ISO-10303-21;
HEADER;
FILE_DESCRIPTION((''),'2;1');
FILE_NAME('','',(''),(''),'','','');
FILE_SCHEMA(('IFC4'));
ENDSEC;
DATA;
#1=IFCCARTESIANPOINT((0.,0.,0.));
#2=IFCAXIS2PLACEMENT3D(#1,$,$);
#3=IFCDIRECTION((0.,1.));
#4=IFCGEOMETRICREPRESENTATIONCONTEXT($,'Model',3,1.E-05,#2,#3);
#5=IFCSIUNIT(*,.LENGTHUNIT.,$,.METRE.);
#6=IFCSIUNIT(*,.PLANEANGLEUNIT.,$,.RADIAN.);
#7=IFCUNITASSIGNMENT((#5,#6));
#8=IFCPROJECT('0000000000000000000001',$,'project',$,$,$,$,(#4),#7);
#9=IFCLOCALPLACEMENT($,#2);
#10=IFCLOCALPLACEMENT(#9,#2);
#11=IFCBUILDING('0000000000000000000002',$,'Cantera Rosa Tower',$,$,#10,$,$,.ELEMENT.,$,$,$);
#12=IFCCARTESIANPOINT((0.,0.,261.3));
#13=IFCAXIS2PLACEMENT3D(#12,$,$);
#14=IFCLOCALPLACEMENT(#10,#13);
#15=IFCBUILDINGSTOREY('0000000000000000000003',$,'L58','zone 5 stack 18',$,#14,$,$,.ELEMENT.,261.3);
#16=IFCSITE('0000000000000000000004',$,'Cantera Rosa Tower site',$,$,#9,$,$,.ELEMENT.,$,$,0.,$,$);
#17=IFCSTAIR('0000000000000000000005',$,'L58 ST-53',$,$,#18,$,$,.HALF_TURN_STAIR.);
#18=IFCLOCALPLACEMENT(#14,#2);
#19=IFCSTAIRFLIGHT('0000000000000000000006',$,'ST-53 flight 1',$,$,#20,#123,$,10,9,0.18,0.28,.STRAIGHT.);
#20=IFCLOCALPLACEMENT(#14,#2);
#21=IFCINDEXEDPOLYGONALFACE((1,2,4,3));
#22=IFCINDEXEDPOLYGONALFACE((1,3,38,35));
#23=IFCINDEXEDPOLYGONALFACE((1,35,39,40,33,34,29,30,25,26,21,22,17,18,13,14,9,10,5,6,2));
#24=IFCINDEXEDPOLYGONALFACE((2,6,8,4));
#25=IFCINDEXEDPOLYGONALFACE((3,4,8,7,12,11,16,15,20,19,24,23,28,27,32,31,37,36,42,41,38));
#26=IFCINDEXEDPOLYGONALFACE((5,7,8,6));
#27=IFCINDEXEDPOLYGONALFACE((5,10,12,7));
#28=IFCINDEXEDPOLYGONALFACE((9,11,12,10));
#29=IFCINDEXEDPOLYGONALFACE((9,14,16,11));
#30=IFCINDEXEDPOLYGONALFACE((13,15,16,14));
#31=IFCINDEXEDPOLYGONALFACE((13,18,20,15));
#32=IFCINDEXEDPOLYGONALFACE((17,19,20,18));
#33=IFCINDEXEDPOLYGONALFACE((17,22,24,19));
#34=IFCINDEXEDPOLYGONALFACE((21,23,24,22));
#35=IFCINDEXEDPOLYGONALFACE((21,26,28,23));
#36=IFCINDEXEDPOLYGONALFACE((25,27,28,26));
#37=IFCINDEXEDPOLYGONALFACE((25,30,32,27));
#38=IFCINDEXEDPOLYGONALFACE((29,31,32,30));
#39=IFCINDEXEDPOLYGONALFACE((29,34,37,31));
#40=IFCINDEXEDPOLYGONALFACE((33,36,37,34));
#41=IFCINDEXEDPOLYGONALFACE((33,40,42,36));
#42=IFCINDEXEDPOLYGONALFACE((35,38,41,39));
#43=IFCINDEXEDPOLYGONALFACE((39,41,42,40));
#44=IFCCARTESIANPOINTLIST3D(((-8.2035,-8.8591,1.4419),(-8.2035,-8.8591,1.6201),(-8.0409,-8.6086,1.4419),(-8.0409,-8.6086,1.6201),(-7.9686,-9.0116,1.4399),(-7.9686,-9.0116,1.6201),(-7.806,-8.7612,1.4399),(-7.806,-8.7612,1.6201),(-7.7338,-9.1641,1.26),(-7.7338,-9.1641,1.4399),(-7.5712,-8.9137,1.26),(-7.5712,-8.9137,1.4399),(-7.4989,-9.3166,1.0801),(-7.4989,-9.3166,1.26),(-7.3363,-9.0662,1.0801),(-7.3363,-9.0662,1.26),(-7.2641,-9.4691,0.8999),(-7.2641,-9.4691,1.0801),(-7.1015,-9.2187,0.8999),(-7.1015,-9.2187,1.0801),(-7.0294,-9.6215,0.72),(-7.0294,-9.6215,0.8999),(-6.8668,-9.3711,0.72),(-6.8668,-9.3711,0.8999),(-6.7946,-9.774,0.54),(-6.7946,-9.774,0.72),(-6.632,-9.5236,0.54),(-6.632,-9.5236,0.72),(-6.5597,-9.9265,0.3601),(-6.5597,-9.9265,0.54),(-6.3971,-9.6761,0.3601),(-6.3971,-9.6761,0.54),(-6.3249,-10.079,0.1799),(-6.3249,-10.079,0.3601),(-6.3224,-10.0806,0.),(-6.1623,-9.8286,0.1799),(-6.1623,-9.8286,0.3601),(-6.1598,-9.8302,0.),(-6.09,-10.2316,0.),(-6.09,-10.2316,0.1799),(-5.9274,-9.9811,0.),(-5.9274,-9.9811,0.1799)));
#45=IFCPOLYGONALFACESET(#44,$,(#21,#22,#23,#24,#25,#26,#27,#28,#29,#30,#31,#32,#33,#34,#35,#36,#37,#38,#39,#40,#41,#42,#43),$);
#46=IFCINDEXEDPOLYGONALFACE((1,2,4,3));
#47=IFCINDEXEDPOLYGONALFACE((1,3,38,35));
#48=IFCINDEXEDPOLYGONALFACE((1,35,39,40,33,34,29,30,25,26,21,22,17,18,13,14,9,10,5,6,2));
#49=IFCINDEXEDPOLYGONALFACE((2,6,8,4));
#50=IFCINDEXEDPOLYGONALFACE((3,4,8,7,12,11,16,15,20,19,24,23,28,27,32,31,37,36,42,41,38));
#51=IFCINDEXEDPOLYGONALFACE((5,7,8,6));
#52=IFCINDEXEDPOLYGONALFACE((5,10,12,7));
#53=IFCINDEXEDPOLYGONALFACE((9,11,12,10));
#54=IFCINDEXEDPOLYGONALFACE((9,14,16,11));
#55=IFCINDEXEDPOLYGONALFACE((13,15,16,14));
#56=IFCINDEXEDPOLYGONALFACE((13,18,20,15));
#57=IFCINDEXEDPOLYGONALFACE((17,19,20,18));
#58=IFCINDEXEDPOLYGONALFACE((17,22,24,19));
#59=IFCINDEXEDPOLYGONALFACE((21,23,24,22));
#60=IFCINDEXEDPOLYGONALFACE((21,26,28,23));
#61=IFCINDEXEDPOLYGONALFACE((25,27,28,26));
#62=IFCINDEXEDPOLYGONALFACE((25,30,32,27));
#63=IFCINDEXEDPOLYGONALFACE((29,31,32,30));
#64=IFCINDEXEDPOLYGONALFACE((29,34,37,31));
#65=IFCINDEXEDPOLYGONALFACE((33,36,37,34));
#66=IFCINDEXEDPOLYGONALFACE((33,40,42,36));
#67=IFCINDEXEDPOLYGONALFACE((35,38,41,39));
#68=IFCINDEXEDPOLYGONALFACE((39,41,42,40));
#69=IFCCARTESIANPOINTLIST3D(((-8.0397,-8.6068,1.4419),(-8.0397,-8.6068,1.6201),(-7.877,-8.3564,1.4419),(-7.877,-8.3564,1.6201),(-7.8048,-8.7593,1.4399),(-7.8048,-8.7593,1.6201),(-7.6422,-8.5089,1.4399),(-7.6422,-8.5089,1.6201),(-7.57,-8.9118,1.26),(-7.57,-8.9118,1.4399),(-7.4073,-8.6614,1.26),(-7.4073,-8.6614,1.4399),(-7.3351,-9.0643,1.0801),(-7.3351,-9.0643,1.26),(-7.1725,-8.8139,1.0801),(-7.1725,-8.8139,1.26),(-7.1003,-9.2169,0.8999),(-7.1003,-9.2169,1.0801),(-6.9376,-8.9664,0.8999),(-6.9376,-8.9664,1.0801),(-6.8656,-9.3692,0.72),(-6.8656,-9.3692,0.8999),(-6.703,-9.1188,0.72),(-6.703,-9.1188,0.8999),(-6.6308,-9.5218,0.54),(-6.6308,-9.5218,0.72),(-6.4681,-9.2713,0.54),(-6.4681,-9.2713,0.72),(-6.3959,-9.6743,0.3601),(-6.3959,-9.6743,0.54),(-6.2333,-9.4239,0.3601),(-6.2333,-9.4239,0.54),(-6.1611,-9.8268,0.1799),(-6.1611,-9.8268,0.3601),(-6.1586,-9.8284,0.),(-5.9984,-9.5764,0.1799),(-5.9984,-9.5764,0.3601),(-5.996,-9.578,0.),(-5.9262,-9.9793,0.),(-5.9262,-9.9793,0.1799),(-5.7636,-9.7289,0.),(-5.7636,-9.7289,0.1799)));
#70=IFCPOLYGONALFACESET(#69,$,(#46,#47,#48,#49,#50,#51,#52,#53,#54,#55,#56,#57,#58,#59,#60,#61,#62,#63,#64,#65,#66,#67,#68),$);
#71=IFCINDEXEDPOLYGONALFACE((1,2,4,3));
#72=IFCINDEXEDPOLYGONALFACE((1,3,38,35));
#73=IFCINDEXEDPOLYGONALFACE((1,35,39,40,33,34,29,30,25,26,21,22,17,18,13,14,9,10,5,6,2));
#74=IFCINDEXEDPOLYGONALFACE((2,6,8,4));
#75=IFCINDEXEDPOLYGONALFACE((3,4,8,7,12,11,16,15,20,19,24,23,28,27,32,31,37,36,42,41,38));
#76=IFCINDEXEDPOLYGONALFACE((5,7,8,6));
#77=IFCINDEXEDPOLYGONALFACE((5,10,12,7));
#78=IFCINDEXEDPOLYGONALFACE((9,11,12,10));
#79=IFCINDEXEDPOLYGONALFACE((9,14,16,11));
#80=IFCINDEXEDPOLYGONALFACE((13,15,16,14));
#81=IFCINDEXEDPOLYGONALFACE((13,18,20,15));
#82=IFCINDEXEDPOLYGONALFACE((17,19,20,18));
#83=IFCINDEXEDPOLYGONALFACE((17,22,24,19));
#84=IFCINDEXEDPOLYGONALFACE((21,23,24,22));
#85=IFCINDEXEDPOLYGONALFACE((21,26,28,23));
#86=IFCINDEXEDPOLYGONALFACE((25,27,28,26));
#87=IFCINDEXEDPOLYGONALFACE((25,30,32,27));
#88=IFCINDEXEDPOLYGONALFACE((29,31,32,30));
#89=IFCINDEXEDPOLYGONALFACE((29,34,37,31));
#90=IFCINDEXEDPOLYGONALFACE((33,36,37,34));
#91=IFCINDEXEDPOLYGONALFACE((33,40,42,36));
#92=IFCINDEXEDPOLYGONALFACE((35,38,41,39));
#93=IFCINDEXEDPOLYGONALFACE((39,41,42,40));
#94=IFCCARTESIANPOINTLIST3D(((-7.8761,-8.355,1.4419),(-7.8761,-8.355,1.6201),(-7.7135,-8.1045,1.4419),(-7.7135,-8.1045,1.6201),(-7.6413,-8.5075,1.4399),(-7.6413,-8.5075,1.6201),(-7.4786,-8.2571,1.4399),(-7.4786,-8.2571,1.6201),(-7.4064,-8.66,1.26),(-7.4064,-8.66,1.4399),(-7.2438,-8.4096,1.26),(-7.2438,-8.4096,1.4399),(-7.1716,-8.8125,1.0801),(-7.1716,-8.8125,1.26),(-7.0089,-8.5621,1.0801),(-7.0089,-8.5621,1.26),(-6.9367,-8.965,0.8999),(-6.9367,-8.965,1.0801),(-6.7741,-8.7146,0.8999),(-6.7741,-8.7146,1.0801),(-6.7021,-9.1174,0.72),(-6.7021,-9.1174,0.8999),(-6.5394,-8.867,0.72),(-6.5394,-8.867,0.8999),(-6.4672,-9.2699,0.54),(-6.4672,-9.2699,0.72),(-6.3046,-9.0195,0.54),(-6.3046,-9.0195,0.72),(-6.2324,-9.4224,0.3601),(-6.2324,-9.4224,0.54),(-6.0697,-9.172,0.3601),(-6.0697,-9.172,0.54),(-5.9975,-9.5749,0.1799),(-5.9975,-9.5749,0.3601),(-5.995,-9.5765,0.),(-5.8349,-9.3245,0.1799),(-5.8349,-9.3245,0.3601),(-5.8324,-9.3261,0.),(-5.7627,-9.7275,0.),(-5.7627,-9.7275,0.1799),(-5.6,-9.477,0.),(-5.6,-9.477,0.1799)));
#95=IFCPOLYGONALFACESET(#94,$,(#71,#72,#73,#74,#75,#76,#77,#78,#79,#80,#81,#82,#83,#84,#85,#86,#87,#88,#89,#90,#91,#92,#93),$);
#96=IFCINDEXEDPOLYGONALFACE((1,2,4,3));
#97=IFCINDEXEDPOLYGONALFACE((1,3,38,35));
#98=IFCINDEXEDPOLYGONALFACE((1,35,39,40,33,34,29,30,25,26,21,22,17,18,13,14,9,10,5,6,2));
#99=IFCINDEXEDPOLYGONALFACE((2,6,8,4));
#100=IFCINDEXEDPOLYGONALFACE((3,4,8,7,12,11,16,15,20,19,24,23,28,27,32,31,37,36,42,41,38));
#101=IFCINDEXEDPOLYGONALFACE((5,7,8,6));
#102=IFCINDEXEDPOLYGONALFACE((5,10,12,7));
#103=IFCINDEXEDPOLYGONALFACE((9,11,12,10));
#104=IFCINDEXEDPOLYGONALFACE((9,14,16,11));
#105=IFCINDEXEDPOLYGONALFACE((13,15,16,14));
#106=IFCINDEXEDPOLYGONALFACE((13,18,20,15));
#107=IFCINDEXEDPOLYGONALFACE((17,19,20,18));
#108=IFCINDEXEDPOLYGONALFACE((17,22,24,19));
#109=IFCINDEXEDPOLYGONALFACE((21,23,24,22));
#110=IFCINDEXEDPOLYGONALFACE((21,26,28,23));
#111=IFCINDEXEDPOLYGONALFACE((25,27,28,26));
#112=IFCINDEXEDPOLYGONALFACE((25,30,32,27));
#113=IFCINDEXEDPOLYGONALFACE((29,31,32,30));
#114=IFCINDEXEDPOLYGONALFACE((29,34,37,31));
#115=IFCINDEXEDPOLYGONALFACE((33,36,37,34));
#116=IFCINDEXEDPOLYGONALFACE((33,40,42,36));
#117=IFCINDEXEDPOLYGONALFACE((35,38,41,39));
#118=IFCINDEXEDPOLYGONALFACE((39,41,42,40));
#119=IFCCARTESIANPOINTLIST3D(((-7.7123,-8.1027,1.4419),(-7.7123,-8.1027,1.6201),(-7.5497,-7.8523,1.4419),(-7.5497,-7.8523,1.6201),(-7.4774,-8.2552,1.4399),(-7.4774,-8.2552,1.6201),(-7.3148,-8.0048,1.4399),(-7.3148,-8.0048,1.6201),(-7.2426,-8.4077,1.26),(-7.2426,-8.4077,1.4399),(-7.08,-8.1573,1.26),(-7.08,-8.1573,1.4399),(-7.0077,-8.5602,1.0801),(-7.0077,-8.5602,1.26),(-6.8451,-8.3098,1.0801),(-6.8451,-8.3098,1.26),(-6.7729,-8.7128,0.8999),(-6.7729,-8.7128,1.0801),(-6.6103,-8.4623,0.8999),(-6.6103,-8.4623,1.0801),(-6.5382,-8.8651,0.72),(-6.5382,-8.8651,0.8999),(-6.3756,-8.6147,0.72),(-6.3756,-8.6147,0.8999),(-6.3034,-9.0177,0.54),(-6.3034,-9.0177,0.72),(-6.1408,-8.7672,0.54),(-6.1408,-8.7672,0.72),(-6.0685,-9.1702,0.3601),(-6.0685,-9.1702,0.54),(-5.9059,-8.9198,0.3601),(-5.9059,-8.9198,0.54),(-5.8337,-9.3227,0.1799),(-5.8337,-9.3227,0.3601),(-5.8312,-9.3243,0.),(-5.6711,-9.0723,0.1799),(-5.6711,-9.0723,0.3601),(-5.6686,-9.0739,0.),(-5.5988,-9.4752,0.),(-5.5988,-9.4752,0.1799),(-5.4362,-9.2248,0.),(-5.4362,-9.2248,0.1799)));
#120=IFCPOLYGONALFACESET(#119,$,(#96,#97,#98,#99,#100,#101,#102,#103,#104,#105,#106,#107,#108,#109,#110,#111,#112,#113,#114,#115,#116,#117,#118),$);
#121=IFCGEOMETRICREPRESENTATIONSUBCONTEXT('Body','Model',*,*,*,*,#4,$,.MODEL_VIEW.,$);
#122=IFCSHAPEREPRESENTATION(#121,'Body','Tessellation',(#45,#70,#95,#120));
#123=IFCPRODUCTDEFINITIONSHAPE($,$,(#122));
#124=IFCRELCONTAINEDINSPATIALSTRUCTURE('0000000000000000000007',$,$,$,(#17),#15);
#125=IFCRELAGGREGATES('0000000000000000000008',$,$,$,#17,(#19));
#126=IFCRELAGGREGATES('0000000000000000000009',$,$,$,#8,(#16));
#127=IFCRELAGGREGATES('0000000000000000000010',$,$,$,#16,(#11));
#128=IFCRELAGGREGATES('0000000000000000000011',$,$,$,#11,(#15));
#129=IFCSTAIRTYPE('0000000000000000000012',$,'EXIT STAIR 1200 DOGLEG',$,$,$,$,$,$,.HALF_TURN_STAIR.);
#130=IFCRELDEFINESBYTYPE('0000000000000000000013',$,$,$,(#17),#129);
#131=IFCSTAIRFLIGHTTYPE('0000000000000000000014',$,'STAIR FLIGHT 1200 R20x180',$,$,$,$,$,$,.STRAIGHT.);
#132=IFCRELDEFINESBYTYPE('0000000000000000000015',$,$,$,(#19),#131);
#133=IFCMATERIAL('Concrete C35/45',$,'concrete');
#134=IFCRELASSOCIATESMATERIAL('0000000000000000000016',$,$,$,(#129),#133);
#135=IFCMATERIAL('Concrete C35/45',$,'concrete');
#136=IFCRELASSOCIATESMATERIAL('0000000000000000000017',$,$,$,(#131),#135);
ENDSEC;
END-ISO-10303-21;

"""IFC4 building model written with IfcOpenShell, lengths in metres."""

from ifc_helpers import new_model, si_unit, direction, frame, origin, place, context, subcontext, project, spatial, polyline, outline, extrude, material, type_object, element, aggregate, save


model = new_model("IFC4")

# Units and contexts
model_context = context("Model", 3, precision=1e-05, world=origin(), true_north=direction((0.0, 1.0)))
body_context = subcontext(model_context, "Body", "Model", "MODEL_VIEW")
ifc_project = project(units=[si_unit("LENGTHUNIT", "METRE"), si_unit("PLANEANGLEUNIT", "RADIAN")], contexts=[model_context])

# Site, building, storey
site_placement = place(None, origin())
site = spatial("IfcSite", under=ifc_project, at=site_placement, Name="Cantera Rosa Tower site", CompositionType="ELEMENT", RefElevation=0.0)
building_placement = place(site_placement, origin())
building = spatial("IfcBuilding", under=site, at=building_placement, Name="Cantera Rosa Tower", CompositionType="ELEMENT")
storey_placement = place(building_placement, frame((0.0, 0.0, 261.3)))
storey = spatial("IfcBuildingStorey", under=building, at=storey_placement, Name="L58", Description="zone 5 stack 18", CompositionType="ELEMENT", Elevation=261.3)

# Stair, stair flight
ifc_material_1 = material(Name="Concrete C35/45", Category="concrete")
stair_type_1 = type_object("IfcStairType", Name="EXIT STAIR 1200 DOGLEG", PredefinedType="HALF_TURN_STAIR", material=ifc_material_1)
stair_1_placement = place(storey_placement, origin())
stair_1 = element("IfcStair", 1, at=stair_1_placement, inside=storey, type_object=stair_type_1, Name="L58 ST-53", PredefinedType="HALF_TURN_STAIR")
ifc_material_2 = material(Name="Concrete C35/45", Category="concrete")
stair_flight_type_1 = type_object("IfcStairFlightType", Name="STAIR FLIGHT 1200 R20x180", PredefinedType="STRAIGHT", material=ifc_material_2)
stair_flight_1_placement = place(storey_placement, frame((-5.7632, -9.7283, 0.0), z_axis=(0.0, 0.0, 1.0), x_axis=(-0.838671, 0.544639, 0.0)))
stair_flight_1 = element("IfcStairFlight", 2, at=stair_flight_1_placement, type_object=stair_flight_type_1, Name="ST-53 flight 1", NumberOfRisers=10, NumberOfTreads=9, PredefinedType="STRAIGHT", RiserHeight=0.18, TreadLength=0.28, context=body_context, shape_type="SweptSolid", body=[
    extrude(outline(polyline([(0.0, 0.0), (0.0, 0.1799), (0.28, 0.1799), (0.28, 0.3601), (0.5601, 0.3601), (0.5601, 0.54), (0.8401, 0.54), (0.8401, 0.72), (1.1201, 0.72), (1.1201, 0.8999), (1.3999, 0.8999), (1.3999, 1.0801), (1.6799, 1.0801), (1.6799, 1.26), (1.96, 1.26), (1.96, 1.4399), (2.24, 1.4399), (2.24, 1.6201), (2.52, 1.6201), (2.52, 1.8), (2.52, 1.4419), (0.2771, 0.0), (0.0, 0.0)])), frame((0.0, 0.6001, 0.0), z_axis=(0.0, -1.0, 0.0), x_axis=(1.0, 0.0, 0.0)), (0.0, 0.0, 1.0), 0.2986),
    extrude(outline(polyline([(0.0, 0.0), (0.0, 0.1799), (0.28, 0.1799), (0.28, 0.3601), (0.5601, 0.3601), (0.5601, 0.54), (0.8401, 0.54), (0.8401, 0.72), (1.1201, 0.72), (1.1201, 0.8999), (1.3999, 0.8999), (1.3999, 1.0801), (1.6799, 1.0801), (1.6799, 1.26), (1.96, 1.26), (1.96, 1.4399), (2.24, 1.4399), (2.24, 1.6201), (2.52, 1.6201), (2.52, 1.8), (2.52, 1.4419), (0.2771, 0.0), (0.0, 0.0)])), frame((0.0, 0.2993, 0.0), z_axis=(0.0, -1.0, 0.0), x_axis=(1.0, 0.0, 0.0)), (0.0, 0.0, 1.0), 0.2986),
    extrude(outline(polyline([(0.0, 0.0), (0.0, 0.1799), (0.28, 0.1799), (0.28, 0.3601), (0.5601, 0.3601), (0.5601, 0.54), (0.8401, 0.54), (0.8401, 0.72), (1.1201, 0.72), (1.1201, 0.8999), (1.3999, 0.8999), (1.3999, 1.0801), (1.6799, 1.0801), (1.6799, 1.26), (1.96, 1.26), (1.96, 1.4399), (2.24, 1.4399), (2.24, 1.6201), (2.52, 1.6201), (2.52, 1.8), (2.52, 1.4419), (0.2771, 0.0), (0.0, 0.0)])), frame((0.0, -0.001, 0.0), z_axis=(0.0, -1.0, 0.0), x_axis=(1.0, 0.0, 0.0)), (0.0, 0.0, 1.0), 0.2986),
    extrude(outline(polyline([(0.0, 0.0), (0.0, 0.1799), (0.28, 0.1799), (0.28, 0.3601), (0.5601, 0.3601), (0.5601, 0.54), (0.8401, 0.54), (0.8401, 0.72), (1.1201, 0.72), (1.1201, 0.8999), (1.3999, 0.8999), (1.3999, 1.0801), (1.6799, 1.0801), (1.6799, 1.26), (1.96, 1.26), (1.96, 1.4399), (2.24, 1.4399), (2.24, 1.6201), (2.52, 1.6201), (2.52, 1.8), (2.52, 1.4419), (0.2771, 0.0), (0.0, 0.0)])), frame((0.0, -0.3018, 0.0), z_axis=(0.0, -1.0, 0.0), x_axis=(1.0, 0.0, 0.0)), (0.0, 0.0, 1.0), 0.2986),
])
aggregate(stair_1, [stair_flight_1])

save(model, "model.ifc")
